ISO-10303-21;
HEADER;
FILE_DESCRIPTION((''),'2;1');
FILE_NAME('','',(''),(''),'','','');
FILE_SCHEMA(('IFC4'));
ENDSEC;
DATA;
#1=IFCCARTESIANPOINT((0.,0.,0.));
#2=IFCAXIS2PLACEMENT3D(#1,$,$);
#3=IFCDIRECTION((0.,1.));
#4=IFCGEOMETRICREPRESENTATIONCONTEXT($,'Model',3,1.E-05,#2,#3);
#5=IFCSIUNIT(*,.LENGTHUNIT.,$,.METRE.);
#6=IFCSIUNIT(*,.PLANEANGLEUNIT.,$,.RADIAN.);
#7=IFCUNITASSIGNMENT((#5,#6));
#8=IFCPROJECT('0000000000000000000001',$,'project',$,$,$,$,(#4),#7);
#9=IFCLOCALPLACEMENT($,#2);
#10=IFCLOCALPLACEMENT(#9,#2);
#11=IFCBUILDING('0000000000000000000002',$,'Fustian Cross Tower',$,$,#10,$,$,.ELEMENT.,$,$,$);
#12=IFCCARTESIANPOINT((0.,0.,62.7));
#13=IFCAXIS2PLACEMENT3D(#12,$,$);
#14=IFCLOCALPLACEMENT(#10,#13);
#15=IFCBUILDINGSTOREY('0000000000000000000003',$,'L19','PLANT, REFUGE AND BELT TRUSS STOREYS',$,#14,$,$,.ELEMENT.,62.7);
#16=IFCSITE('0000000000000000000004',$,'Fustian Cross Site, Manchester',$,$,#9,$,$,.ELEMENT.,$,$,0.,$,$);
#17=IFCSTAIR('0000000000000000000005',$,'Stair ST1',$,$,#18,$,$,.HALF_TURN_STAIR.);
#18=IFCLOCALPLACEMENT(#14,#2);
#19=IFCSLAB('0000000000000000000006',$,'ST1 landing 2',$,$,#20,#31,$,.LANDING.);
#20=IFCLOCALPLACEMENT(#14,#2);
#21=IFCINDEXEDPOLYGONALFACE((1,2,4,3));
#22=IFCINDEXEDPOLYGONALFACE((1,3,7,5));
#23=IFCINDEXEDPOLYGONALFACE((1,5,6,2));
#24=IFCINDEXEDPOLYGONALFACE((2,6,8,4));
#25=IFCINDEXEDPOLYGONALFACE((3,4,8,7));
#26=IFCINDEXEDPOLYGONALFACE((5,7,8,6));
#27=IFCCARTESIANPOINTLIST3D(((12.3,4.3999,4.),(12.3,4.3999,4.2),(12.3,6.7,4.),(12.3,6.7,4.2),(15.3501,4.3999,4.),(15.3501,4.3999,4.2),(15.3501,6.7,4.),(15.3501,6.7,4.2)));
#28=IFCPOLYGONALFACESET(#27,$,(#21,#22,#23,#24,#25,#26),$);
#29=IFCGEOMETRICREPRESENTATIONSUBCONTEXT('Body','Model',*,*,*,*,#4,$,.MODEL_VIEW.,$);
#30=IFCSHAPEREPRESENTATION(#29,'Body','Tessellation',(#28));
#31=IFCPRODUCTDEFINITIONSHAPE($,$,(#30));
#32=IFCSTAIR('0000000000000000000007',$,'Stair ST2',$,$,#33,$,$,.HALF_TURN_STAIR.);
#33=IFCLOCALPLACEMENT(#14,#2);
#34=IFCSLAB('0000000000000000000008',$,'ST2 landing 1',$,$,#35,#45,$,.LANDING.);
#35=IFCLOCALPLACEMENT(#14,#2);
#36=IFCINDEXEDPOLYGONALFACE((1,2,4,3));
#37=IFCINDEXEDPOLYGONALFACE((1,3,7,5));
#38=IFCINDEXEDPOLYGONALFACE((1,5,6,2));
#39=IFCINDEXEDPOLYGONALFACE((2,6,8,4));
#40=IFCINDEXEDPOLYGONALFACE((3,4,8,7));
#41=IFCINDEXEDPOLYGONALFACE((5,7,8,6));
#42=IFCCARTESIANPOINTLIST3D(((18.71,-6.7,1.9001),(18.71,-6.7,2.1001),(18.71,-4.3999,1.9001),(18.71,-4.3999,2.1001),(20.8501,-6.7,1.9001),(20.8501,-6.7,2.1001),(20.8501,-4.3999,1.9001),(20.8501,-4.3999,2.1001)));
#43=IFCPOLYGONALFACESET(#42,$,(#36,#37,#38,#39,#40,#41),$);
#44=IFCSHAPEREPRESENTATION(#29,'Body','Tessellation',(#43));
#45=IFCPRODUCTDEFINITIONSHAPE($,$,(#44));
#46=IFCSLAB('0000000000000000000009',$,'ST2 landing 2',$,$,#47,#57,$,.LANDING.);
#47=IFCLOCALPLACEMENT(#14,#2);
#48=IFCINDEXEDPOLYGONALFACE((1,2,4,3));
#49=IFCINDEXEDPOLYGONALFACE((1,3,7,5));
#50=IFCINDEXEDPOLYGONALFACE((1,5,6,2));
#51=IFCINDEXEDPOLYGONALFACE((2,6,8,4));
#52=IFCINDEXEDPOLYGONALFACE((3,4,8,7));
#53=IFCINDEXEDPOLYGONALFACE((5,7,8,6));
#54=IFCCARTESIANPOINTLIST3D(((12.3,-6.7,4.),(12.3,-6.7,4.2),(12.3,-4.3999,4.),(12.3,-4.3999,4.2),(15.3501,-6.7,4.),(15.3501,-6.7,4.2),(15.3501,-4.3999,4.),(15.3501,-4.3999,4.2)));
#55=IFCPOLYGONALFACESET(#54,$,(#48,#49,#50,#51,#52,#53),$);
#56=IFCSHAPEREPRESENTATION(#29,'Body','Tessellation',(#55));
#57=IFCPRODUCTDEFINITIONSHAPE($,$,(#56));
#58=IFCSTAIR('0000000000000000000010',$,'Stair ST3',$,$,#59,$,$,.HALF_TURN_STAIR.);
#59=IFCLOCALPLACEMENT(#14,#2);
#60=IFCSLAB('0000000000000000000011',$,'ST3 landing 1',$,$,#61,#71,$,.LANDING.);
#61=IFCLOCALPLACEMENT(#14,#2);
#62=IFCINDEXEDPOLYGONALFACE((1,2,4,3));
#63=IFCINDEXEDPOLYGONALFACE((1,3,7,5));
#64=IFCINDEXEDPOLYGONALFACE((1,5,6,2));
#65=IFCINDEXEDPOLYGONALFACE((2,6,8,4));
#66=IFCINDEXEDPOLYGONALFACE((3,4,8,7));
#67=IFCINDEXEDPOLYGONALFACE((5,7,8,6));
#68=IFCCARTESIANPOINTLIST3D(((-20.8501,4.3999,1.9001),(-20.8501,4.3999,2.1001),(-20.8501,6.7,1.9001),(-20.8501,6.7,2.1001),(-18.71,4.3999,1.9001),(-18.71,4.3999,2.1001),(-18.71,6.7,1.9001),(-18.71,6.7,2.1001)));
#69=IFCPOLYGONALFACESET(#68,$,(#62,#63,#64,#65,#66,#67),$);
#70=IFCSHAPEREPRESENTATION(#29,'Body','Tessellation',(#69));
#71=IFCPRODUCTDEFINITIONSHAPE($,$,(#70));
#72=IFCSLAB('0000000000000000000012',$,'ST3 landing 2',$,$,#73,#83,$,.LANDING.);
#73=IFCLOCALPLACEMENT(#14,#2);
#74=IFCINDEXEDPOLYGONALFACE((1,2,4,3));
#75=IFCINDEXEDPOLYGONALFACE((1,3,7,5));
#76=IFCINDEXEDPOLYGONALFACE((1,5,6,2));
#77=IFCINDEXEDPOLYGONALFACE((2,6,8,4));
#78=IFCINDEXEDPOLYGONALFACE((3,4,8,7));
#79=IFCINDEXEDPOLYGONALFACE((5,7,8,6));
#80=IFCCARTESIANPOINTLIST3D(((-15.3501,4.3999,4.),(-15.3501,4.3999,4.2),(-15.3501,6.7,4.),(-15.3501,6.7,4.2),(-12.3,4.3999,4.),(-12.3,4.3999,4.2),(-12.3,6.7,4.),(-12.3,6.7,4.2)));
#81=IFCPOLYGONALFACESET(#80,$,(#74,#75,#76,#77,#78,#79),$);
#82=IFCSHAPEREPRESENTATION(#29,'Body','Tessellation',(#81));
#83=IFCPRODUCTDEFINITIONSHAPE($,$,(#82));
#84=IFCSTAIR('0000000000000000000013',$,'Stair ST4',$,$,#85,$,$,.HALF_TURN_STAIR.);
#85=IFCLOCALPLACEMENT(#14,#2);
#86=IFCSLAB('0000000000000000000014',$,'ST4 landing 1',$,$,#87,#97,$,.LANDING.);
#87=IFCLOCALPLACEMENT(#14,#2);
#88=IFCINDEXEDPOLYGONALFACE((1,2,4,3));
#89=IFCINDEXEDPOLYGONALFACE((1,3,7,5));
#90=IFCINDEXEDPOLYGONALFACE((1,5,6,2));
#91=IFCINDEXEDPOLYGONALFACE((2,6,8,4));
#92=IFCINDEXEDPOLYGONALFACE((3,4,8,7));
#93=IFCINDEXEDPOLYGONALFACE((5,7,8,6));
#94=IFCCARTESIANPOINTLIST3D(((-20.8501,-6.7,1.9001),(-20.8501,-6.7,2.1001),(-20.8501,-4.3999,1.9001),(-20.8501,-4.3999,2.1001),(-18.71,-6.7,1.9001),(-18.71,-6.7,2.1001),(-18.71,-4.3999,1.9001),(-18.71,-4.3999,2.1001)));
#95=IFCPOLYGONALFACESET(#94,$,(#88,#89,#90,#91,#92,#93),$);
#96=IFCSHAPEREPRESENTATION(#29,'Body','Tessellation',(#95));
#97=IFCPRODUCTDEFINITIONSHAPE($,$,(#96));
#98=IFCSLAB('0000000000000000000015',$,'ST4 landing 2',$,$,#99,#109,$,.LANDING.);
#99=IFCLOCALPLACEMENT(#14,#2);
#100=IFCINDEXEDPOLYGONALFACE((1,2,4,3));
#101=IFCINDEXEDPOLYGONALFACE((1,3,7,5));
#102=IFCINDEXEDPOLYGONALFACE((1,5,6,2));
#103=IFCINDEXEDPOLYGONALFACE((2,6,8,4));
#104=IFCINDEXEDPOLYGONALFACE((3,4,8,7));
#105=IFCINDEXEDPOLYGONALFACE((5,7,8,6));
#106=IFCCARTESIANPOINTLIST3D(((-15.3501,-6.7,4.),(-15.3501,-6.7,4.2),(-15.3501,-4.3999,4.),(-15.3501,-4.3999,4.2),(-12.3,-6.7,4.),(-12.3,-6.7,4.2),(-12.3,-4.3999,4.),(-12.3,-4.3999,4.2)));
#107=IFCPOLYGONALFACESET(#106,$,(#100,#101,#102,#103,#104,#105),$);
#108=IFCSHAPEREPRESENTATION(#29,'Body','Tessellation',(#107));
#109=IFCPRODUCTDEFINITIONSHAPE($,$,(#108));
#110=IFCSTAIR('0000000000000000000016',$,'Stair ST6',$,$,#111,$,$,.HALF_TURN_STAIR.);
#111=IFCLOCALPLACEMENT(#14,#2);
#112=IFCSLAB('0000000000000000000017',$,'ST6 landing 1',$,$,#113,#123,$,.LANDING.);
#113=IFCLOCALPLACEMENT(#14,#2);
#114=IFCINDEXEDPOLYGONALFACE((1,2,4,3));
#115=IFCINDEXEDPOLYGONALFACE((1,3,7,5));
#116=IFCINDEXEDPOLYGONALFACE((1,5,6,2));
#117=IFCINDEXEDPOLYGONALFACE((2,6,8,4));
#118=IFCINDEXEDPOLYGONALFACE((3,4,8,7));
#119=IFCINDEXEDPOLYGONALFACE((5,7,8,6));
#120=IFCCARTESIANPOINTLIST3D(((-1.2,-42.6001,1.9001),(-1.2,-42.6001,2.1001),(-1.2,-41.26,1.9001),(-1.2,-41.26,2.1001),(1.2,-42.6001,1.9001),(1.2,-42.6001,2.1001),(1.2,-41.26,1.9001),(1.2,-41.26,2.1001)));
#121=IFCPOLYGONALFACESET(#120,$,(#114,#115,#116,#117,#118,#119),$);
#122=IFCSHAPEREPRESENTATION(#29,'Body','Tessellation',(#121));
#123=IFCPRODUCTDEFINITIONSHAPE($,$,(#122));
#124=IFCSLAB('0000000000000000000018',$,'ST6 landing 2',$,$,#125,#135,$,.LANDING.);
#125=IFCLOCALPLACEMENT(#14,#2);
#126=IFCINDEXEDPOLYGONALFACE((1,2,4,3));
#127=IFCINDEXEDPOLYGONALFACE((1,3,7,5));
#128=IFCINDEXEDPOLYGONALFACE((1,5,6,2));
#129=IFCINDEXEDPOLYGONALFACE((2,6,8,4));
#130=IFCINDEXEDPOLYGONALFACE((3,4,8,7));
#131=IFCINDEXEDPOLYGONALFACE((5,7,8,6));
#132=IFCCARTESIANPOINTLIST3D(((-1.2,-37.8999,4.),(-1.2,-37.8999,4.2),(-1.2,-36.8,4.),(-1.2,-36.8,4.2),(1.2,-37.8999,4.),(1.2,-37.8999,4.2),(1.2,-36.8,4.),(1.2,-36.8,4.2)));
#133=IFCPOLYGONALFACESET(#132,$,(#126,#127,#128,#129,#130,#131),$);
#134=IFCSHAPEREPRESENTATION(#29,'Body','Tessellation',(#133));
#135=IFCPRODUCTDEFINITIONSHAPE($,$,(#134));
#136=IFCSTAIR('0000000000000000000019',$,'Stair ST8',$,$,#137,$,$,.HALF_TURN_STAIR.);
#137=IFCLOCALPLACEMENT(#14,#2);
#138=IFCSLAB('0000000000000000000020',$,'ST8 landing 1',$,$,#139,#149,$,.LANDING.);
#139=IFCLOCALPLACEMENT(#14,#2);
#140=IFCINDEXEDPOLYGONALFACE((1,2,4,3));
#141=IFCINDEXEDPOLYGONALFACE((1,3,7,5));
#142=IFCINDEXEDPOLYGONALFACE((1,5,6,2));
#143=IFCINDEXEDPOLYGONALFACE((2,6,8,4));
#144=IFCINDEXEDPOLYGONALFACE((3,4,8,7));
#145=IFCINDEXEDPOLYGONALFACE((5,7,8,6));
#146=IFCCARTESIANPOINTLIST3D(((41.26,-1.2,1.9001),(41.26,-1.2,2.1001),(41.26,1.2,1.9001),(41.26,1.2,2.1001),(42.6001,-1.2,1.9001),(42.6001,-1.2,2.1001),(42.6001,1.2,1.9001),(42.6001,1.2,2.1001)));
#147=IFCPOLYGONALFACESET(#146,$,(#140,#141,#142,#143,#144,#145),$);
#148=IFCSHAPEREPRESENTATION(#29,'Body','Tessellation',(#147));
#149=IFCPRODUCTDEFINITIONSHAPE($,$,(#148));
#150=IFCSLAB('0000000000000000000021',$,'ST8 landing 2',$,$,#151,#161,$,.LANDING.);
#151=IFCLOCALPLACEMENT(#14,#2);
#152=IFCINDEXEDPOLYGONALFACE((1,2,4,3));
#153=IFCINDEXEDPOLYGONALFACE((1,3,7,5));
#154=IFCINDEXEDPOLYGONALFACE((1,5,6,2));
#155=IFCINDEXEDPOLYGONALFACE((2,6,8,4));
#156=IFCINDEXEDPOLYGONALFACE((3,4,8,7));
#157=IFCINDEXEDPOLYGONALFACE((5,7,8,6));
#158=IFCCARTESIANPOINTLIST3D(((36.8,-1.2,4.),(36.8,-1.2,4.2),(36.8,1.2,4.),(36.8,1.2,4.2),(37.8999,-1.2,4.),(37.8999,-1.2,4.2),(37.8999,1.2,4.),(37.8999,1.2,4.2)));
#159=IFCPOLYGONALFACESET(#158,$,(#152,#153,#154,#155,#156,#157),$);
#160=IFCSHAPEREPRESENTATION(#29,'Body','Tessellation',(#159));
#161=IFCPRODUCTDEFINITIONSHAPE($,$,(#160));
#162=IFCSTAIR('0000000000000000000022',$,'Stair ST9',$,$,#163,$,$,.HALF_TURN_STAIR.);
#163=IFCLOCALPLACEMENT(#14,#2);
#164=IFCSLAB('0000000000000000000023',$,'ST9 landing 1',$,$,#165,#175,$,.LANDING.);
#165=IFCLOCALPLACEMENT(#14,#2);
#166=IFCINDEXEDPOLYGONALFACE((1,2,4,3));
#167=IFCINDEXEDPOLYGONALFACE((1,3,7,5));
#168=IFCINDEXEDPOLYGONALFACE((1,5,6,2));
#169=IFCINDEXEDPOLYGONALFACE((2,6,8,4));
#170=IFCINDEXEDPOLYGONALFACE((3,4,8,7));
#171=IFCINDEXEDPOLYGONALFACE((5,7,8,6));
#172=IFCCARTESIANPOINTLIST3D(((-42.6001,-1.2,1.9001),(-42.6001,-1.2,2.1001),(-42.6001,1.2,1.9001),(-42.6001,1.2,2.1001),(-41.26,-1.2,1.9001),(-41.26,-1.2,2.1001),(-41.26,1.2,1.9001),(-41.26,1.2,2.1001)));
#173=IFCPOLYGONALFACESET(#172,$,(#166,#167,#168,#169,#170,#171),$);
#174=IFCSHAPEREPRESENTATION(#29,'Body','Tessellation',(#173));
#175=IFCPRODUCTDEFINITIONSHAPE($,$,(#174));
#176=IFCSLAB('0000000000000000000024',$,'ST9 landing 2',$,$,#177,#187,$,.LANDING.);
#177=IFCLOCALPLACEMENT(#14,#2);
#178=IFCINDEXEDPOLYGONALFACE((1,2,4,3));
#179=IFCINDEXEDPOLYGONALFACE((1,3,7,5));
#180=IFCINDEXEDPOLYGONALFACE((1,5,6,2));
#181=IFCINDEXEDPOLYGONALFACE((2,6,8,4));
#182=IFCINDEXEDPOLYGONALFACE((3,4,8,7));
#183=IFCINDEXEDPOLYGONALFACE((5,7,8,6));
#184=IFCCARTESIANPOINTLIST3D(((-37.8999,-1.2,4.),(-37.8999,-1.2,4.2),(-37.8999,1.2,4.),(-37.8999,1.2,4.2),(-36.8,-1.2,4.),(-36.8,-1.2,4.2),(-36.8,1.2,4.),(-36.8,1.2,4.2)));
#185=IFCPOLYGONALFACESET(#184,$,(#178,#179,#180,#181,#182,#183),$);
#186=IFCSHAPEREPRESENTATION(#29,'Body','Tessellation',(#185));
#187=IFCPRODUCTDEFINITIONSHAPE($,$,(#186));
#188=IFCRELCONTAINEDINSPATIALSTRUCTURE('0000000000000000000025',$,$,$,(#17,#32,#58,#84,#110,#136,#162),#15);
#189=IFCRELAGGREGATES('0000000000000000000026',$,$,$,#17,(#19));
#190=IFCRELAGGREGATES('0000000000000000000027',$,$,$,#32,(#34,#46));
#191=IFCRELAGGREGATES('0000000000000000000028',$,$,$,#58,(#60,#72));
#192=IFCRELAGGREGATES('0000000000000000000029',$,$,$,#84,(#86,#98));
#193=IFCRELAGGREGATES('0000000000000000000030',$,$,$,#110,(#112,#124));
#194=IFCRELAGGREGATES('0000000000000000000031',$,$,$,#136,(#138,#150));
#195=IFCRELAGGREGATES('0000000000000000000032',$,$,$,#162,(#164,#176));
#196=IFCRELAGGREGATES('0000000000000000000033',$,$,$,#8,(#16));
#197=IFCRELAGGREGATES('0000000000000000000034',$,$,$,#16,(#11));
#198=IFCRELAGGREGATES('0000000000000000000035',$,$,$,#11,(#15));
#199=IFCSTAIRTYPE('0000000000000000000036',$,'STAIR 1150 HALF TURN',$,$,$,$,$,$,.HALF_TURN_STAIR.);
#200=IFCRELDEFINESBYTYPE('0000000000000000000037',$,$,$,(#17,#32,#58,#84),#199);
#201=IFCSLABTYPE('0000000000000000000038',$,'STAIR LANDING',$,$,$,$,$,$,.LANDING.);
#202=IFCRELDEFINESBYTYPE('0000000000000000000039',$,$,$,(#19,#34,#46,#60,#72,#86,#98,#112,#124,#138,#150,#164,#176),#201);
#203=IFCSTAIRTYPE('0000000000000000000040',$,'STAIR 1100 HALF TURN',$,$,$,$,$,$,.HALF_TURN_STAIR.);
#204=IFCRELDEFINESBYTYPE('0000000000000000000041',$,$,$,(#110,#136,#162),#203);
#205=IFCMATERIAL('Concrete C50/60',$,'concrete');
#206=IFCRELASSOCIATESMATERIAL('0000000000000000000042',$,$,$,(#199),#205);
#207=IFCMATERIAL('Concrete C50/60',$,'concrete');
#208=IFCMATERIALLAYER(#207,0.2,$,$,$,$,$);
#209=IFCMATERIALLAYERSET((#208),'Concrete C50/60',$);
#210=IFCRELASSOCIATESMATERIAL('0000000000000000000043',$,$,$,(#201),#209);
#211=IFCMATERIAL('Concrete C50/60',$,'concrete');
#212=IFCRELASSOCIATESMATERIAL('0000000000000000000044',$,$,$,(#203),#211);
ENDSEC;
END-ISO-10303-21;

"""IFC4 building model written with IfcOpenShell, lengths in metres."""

from ifc_helpers import new_model, si_unit, direction, frame, origin, place, context, subcontext, project, spatial, polyline, outline, extrude, material, layer, layer_set, type_object, element, aggregate, save


model = new_model("IFC4")

# Units and contexts
model_context = context("Model", 3, precision=1e-05, world=origin(), true_north=direction((0.0, 1.0)))
body_context = subcontext(model_context, "Body", "Model", "MODEL_VIEW")
ifc_project = project(units=[si_unit("LENGTHUNIT", "METRE"), si_unit("PLANEANGLEUNIT", "RADIAN")], contexts=[model_context])

# Site, building, storey
site_placement = place(None, origin())
site = spatial("IfcSite", under=ifc_project, at=site_placement, Name="Fustian Cross Site, Manchester", CompositionType="ELEMENT", RefElevation=0.0)
building_placement = place(site_placement, origin())
building = spatial("IfcBuilding", under=site, at=building_placement, Name="Fustian Cross Tower", CompositionType="ELEMENT")
storey_placement = place(building_placement, frame((0.0, 0.0, 62.7)))
storey = spatial("IfcBuildingStorey", under=building, at=storey_placement, Name="L19", Description="PLANT, REFUGE AND BELT TRUSS STOREYS", CompositionType="ELEMENT", Elevation=62.7)

# Stair, slab
ifc_material_1 = material(Name="Concrete C50/60", Category="concrete")
stair_type_1 = type_object("IfcStairType", Name="STAIR 1150 HALF TURN", PredefinedType="HALF_TURN_STAIR", material=ifc_material_1)
stair_1_placement = place(storey_placement, origin())
stair_1 = element("IfcStair", 1, at=stair_1_placement, inside=storey, type_object=stair_type_1, Name="Stair ST1", PredefinedType="HALF_TURN_STAIR")
ifc_material_2 = material(Name="Concrete C50/60", Category="concrete")
ifc_layer_1 = layer(ifc_material_2, 0.2)
ifc_layer_set_1 = layer_set([ifc_layer_1], Name="Concrete C50/60")
slab_type = type_object("IfcSlabType", Name="STAIR LANDING", PredefinedType="LANDING", material=ifc_layer_set_1)
slab_1_placement = place(storey_placement, frame((0.0, 0.0, 4.0)))
slab_1 = element("IfcSlab", 2, at=slab_1_placement, type_object=slab_type, Name="ST1 landing 2", PredefinedType="LANDING", context=body_context, shape_type="SweptSolid", body=[
    extrude(outline(polyline([(12.3, 4.3999), (15.3501, 4.3999), (15.3501, 6.7), (12.3, 6.7), (12.3, 4.3999)])), origin(), (0.0, 0.0, 1.0), 0.2),
])
aggregate(stair_1, [slab_1])

# Stairs, slabs
stair_2_placement = place(storey_placement, origin())
stair_2 = element("IfcStair", 3, at=stair_2_placement, inside=storey, type_object=stair_type_1, Name="Stair ST2", PredefinedType="HALF_TURN_STAIR")
slab_2_placement = place(storey_placement, frame((0.0, 0.0, 1.9001)))
slab_2 = element("IfcSlab", 4, at=slab_2_placement, type_object=slab_type, Name="ST2 landing 1", PredefinedType="LANDING", context=body_context, shape_type="SweptSolid", body=[
    extrude(outline(polyline([(18.71, -4.3999), (20.8501, -4.3999), (20.8501, -6.7), (18.71, -6.7), (18.71, -4.3999)])), origin(), (0.0, 0.0, 1.0), 0.2),
])
slab_3_placement = place(storey_placement, frame((0.0, 0.0, 4.0)))
slab_3 = element("IfcSlab", 5, at=slab_3_placement, type_object=slab_type, Name="ST2 landing 2", PredefinedType="LANDING", context=body_context, shape_type="SweptSolid", body=[
    extrude(outline(polyline([(12.3, -4.3999), (15.3501, -4.3999), (15.3501, -6.7), (12.3, -6.7), (12.3, -4.3999)])), origin(), (0.0, 0.0, 1.0), 0.2),
])
aggregate(stair_2, [slab_2, slab_3])
stair_3_placement = place(storey_placement, origin())
stair_3 = element("IfcStair", 6, at=stair_3_placement, inside=storey, type_object=stair_type_1, Name="Stair ST3", PredefinedType="HALF_TURN_STAIR")
slab_4_placement = place(storey_placement, frame((0.0, 0.0, 1.9001)))
slab_4 = element("IfcSlab", 7, at=slab_4_placement, type_object=slab_type, Name="ST3 landing 1", PredefinedType="LANDING", context=body_context, shape_type="SweptSolid", body=[
    extrude(outline(polyline([(-18.71, 4.3999), (-20.8501, 4.3999), (-20.8501, 6.7), (-18.71, 6.7), (-18.71, 4.3999)])), origin(), (0.0, 0.0, 1.0), 0.2),
])
slab_5_placement = place(storey_placement, frame((0.0, 0.0, 4.0)))
slab_5 = element("IfcSlab", 8, at=slab_5_placement, type_object=slab_type, Name="ST3 landing 2", PredefinedType="LANDING", context=body_context, shape_type="SweptSolid", body=[
    extrude(outline(polyline([(-12.3, 4.3999), (-15.3501, 4.3999), (-15.3501, 6.7), (-12.3, 6.7), (-12.3, 4.3999)])), origin(), (0.0, 0.0, 1.0), 0.2),
])
aggregate(stair_3, [slab_4, slab_5])
stair_4_placement = place(storey_placement, origin())
stair_4 = element("IfcStair", 9, at=stair_4_placement, inside=storey, type_object=stair_type_1, Name="Stair ST4", PredefinedType="HALF_TURN_STAIR")
slab_6_placement = place(storey_placement, frame((0.0, 0.0, 1.9001)))
slab_6 = element("IfcSlab", 10, at=slab_6_placement, type_object=slab_type, Name="ST4 landing 1", PredefinedType="LANDING", context=body_context, shape_type="SweptSolid", body=[
    extrude(outline(polyline([(-18.71, -4.3999), (-20.8501, -4.3999), (-20.8501, -6.7), (-18.71, -6.7), (-18.71, -4.3999)])), origin(), (0.0, 0.0, 1.0), 0.2),
])
slab_7_placement = place(storey_placement, frame((0.0, 0.0, 4.0)))
slab_7 = element("IfcSlab", 11, at=slab_7_placement, type_object=slab_type, Name="ST4 landing 2", PredefinedType="LANDING", context=body_context, shape_type="SweptSolid", body=[
    extrude(outline(polyline([(-12.3, -4.3999), (-15.3501, -4.3999), (-15.3501, -6.7), (-12.3, -6.7), (-12.3, -4.3999)])), origin(), (0.0, 0.0, 1.0), 0.2),
])
aggregate(stair_4, [slab_6, slab_7])
ifc_material_3 = material(Name="Concrete C50/60", Category="concrete")
stair_type_2 = type_object("IfcStairType", Name="STAIR 1100 HALF TURN", PredefinedType="HALF_TURN_STAIR", material=ifc_material_3)
stair_5_placement = place(storey_placement, origin())
stair_5 = element("IfcStair", 12, at=stair_5_placement, inside=storey, type_object=stair_type_2, Name="Stair ST6", PredefinedType="HALF_TURN_STAIR")
slab_8_placement = place(storey_placement, frame((0.0, 0.0, 1.9001)))
slab_8 = element("IfcSlab", 13, at=slab_8_placement, type_object=slab_type, Name="ST6 landing 1", PredefinedType="LANDING", context=body_context, shape_type="SweptSolid", body=[
    extrude(outline(polyline([(-1.2, -41.26), (-1.2, -42.6001), (1.2, -42.6001), (1.2, -41.26), (-1.2, -41.26)])), origin(), (0.0, 0.0, 1.0), 0.2),
])
slab_9_placement = place(storey_placement, frame((0.0, 0.0, 4.0)))
slab_9 = element("IfcSlab", 14, at=slab_9_placement, type_object=slab_type, Name="ST6 landing 2", PredefinedType="LANDING", context=body_context, shape_type="SweptSolid", body=[
    extrude(outline(polyline([(-1.2, -36.8), (-1.2, -37.8999), (1.2, -37.8999), (1.2, -36.8), (-1.2, -36.8)])), origin(), (0.0, 0.0, 1.0), 0.2),
])
aggregate(stair_5, [slab_8, slab_9])
stair_6_placement = place(storey_placement, origin())
stair_6 = element("IfcStair", 15, at=stair_6_placement, inside=storey, type_object=stair_type_2, Name="Stair ST8", PredefinedType="HALF_TURN_STAIR")
slab_10_placement = place(storey_placement, frame((0.0, 0.0, 1.9001)))
slab_10 = element("IfcSlab", 16, at=slab_10_placement, type_object=slab_type, Name="ST8 landing 1", PredefinedType="LANDING", context=body_context, shape_type="SweptSolid", body=[
    extrude(outline(polyline([(41.26, -1.2), (42.6001, -1.2), (42.6001, 1.2), (41.26, 1.2), (41.26, -1.2)])), origin(), (0.0, 0.0, 1.0), 0.2),
])
slab_11_placement = place(storey_placement, frame((0.0, 0.0, 4.0)))
slab_11 = element("IfcSlab", 17, at=slab_11_placement, type_object=slab_type, Name="ST8 landing 2", PredefinedType="LANDING", context=body_context, shape_type="SweptSolid", body=[
    extrude(outline(polyline([(36.8, -1.2), (37.8999, -1.2), (37.8999, 1.2), (36.8, 1.2), (36.8, -1.2)])), origin(), (0.0, 0.0, 1.0), 0.2),
])
aggregate(stair_6, [slab_10, slab_11])
stair_7_placement = place(storey_placement, origin())
stair_7 = element("IfcStair", 18, at=stair_7_placement, inside=storey, type_object=stair_type_2, Name="Stair ST9", PredefinedType="HALF_TURN_STAIR")
slab_12_placement = place(storey_placement, frame((0.0, 0.0, 1.9001)))
slab_12 = element("IfcSlab", 19, at=slab_12_placement, type_object=slab_type, Name="ST9 landing 1", PredefinedType="LANDING", context=body_context, shape_type="SweptSolid", body=[
    extrude(outline(polyline([(-41.26, -1.2), (-42.6001, -1.2), (-42.6001, 1.2), (-41.26, 1.2), (-41.26, -1.2)])), origin(), (0.0, 0.0, 1.0), 0.2),
])
slab_13_placement = place(storey_placement, frame((0.0, 0.0, 4.0)))
slab_13 = element("IfcSlab", 20, at=slab_13_placement, type_object=slab_type, Name="ST9 landing 2", PredefinedType="LANDING", context=body_context, shape_type="SweptSolid", body=[
    extrude(outline(polyline([(-36.8, -1.2), (-37.8999, -1.2), (-37.8999, 1.2), (-36.8, 1.2), (-36.8, -1.2)])), origin(), (0.0, 0.0, 1.0), 0.2),
])
aggregate(stair_7, [slab_12, slab_13])

save(model, "model.ifc")
